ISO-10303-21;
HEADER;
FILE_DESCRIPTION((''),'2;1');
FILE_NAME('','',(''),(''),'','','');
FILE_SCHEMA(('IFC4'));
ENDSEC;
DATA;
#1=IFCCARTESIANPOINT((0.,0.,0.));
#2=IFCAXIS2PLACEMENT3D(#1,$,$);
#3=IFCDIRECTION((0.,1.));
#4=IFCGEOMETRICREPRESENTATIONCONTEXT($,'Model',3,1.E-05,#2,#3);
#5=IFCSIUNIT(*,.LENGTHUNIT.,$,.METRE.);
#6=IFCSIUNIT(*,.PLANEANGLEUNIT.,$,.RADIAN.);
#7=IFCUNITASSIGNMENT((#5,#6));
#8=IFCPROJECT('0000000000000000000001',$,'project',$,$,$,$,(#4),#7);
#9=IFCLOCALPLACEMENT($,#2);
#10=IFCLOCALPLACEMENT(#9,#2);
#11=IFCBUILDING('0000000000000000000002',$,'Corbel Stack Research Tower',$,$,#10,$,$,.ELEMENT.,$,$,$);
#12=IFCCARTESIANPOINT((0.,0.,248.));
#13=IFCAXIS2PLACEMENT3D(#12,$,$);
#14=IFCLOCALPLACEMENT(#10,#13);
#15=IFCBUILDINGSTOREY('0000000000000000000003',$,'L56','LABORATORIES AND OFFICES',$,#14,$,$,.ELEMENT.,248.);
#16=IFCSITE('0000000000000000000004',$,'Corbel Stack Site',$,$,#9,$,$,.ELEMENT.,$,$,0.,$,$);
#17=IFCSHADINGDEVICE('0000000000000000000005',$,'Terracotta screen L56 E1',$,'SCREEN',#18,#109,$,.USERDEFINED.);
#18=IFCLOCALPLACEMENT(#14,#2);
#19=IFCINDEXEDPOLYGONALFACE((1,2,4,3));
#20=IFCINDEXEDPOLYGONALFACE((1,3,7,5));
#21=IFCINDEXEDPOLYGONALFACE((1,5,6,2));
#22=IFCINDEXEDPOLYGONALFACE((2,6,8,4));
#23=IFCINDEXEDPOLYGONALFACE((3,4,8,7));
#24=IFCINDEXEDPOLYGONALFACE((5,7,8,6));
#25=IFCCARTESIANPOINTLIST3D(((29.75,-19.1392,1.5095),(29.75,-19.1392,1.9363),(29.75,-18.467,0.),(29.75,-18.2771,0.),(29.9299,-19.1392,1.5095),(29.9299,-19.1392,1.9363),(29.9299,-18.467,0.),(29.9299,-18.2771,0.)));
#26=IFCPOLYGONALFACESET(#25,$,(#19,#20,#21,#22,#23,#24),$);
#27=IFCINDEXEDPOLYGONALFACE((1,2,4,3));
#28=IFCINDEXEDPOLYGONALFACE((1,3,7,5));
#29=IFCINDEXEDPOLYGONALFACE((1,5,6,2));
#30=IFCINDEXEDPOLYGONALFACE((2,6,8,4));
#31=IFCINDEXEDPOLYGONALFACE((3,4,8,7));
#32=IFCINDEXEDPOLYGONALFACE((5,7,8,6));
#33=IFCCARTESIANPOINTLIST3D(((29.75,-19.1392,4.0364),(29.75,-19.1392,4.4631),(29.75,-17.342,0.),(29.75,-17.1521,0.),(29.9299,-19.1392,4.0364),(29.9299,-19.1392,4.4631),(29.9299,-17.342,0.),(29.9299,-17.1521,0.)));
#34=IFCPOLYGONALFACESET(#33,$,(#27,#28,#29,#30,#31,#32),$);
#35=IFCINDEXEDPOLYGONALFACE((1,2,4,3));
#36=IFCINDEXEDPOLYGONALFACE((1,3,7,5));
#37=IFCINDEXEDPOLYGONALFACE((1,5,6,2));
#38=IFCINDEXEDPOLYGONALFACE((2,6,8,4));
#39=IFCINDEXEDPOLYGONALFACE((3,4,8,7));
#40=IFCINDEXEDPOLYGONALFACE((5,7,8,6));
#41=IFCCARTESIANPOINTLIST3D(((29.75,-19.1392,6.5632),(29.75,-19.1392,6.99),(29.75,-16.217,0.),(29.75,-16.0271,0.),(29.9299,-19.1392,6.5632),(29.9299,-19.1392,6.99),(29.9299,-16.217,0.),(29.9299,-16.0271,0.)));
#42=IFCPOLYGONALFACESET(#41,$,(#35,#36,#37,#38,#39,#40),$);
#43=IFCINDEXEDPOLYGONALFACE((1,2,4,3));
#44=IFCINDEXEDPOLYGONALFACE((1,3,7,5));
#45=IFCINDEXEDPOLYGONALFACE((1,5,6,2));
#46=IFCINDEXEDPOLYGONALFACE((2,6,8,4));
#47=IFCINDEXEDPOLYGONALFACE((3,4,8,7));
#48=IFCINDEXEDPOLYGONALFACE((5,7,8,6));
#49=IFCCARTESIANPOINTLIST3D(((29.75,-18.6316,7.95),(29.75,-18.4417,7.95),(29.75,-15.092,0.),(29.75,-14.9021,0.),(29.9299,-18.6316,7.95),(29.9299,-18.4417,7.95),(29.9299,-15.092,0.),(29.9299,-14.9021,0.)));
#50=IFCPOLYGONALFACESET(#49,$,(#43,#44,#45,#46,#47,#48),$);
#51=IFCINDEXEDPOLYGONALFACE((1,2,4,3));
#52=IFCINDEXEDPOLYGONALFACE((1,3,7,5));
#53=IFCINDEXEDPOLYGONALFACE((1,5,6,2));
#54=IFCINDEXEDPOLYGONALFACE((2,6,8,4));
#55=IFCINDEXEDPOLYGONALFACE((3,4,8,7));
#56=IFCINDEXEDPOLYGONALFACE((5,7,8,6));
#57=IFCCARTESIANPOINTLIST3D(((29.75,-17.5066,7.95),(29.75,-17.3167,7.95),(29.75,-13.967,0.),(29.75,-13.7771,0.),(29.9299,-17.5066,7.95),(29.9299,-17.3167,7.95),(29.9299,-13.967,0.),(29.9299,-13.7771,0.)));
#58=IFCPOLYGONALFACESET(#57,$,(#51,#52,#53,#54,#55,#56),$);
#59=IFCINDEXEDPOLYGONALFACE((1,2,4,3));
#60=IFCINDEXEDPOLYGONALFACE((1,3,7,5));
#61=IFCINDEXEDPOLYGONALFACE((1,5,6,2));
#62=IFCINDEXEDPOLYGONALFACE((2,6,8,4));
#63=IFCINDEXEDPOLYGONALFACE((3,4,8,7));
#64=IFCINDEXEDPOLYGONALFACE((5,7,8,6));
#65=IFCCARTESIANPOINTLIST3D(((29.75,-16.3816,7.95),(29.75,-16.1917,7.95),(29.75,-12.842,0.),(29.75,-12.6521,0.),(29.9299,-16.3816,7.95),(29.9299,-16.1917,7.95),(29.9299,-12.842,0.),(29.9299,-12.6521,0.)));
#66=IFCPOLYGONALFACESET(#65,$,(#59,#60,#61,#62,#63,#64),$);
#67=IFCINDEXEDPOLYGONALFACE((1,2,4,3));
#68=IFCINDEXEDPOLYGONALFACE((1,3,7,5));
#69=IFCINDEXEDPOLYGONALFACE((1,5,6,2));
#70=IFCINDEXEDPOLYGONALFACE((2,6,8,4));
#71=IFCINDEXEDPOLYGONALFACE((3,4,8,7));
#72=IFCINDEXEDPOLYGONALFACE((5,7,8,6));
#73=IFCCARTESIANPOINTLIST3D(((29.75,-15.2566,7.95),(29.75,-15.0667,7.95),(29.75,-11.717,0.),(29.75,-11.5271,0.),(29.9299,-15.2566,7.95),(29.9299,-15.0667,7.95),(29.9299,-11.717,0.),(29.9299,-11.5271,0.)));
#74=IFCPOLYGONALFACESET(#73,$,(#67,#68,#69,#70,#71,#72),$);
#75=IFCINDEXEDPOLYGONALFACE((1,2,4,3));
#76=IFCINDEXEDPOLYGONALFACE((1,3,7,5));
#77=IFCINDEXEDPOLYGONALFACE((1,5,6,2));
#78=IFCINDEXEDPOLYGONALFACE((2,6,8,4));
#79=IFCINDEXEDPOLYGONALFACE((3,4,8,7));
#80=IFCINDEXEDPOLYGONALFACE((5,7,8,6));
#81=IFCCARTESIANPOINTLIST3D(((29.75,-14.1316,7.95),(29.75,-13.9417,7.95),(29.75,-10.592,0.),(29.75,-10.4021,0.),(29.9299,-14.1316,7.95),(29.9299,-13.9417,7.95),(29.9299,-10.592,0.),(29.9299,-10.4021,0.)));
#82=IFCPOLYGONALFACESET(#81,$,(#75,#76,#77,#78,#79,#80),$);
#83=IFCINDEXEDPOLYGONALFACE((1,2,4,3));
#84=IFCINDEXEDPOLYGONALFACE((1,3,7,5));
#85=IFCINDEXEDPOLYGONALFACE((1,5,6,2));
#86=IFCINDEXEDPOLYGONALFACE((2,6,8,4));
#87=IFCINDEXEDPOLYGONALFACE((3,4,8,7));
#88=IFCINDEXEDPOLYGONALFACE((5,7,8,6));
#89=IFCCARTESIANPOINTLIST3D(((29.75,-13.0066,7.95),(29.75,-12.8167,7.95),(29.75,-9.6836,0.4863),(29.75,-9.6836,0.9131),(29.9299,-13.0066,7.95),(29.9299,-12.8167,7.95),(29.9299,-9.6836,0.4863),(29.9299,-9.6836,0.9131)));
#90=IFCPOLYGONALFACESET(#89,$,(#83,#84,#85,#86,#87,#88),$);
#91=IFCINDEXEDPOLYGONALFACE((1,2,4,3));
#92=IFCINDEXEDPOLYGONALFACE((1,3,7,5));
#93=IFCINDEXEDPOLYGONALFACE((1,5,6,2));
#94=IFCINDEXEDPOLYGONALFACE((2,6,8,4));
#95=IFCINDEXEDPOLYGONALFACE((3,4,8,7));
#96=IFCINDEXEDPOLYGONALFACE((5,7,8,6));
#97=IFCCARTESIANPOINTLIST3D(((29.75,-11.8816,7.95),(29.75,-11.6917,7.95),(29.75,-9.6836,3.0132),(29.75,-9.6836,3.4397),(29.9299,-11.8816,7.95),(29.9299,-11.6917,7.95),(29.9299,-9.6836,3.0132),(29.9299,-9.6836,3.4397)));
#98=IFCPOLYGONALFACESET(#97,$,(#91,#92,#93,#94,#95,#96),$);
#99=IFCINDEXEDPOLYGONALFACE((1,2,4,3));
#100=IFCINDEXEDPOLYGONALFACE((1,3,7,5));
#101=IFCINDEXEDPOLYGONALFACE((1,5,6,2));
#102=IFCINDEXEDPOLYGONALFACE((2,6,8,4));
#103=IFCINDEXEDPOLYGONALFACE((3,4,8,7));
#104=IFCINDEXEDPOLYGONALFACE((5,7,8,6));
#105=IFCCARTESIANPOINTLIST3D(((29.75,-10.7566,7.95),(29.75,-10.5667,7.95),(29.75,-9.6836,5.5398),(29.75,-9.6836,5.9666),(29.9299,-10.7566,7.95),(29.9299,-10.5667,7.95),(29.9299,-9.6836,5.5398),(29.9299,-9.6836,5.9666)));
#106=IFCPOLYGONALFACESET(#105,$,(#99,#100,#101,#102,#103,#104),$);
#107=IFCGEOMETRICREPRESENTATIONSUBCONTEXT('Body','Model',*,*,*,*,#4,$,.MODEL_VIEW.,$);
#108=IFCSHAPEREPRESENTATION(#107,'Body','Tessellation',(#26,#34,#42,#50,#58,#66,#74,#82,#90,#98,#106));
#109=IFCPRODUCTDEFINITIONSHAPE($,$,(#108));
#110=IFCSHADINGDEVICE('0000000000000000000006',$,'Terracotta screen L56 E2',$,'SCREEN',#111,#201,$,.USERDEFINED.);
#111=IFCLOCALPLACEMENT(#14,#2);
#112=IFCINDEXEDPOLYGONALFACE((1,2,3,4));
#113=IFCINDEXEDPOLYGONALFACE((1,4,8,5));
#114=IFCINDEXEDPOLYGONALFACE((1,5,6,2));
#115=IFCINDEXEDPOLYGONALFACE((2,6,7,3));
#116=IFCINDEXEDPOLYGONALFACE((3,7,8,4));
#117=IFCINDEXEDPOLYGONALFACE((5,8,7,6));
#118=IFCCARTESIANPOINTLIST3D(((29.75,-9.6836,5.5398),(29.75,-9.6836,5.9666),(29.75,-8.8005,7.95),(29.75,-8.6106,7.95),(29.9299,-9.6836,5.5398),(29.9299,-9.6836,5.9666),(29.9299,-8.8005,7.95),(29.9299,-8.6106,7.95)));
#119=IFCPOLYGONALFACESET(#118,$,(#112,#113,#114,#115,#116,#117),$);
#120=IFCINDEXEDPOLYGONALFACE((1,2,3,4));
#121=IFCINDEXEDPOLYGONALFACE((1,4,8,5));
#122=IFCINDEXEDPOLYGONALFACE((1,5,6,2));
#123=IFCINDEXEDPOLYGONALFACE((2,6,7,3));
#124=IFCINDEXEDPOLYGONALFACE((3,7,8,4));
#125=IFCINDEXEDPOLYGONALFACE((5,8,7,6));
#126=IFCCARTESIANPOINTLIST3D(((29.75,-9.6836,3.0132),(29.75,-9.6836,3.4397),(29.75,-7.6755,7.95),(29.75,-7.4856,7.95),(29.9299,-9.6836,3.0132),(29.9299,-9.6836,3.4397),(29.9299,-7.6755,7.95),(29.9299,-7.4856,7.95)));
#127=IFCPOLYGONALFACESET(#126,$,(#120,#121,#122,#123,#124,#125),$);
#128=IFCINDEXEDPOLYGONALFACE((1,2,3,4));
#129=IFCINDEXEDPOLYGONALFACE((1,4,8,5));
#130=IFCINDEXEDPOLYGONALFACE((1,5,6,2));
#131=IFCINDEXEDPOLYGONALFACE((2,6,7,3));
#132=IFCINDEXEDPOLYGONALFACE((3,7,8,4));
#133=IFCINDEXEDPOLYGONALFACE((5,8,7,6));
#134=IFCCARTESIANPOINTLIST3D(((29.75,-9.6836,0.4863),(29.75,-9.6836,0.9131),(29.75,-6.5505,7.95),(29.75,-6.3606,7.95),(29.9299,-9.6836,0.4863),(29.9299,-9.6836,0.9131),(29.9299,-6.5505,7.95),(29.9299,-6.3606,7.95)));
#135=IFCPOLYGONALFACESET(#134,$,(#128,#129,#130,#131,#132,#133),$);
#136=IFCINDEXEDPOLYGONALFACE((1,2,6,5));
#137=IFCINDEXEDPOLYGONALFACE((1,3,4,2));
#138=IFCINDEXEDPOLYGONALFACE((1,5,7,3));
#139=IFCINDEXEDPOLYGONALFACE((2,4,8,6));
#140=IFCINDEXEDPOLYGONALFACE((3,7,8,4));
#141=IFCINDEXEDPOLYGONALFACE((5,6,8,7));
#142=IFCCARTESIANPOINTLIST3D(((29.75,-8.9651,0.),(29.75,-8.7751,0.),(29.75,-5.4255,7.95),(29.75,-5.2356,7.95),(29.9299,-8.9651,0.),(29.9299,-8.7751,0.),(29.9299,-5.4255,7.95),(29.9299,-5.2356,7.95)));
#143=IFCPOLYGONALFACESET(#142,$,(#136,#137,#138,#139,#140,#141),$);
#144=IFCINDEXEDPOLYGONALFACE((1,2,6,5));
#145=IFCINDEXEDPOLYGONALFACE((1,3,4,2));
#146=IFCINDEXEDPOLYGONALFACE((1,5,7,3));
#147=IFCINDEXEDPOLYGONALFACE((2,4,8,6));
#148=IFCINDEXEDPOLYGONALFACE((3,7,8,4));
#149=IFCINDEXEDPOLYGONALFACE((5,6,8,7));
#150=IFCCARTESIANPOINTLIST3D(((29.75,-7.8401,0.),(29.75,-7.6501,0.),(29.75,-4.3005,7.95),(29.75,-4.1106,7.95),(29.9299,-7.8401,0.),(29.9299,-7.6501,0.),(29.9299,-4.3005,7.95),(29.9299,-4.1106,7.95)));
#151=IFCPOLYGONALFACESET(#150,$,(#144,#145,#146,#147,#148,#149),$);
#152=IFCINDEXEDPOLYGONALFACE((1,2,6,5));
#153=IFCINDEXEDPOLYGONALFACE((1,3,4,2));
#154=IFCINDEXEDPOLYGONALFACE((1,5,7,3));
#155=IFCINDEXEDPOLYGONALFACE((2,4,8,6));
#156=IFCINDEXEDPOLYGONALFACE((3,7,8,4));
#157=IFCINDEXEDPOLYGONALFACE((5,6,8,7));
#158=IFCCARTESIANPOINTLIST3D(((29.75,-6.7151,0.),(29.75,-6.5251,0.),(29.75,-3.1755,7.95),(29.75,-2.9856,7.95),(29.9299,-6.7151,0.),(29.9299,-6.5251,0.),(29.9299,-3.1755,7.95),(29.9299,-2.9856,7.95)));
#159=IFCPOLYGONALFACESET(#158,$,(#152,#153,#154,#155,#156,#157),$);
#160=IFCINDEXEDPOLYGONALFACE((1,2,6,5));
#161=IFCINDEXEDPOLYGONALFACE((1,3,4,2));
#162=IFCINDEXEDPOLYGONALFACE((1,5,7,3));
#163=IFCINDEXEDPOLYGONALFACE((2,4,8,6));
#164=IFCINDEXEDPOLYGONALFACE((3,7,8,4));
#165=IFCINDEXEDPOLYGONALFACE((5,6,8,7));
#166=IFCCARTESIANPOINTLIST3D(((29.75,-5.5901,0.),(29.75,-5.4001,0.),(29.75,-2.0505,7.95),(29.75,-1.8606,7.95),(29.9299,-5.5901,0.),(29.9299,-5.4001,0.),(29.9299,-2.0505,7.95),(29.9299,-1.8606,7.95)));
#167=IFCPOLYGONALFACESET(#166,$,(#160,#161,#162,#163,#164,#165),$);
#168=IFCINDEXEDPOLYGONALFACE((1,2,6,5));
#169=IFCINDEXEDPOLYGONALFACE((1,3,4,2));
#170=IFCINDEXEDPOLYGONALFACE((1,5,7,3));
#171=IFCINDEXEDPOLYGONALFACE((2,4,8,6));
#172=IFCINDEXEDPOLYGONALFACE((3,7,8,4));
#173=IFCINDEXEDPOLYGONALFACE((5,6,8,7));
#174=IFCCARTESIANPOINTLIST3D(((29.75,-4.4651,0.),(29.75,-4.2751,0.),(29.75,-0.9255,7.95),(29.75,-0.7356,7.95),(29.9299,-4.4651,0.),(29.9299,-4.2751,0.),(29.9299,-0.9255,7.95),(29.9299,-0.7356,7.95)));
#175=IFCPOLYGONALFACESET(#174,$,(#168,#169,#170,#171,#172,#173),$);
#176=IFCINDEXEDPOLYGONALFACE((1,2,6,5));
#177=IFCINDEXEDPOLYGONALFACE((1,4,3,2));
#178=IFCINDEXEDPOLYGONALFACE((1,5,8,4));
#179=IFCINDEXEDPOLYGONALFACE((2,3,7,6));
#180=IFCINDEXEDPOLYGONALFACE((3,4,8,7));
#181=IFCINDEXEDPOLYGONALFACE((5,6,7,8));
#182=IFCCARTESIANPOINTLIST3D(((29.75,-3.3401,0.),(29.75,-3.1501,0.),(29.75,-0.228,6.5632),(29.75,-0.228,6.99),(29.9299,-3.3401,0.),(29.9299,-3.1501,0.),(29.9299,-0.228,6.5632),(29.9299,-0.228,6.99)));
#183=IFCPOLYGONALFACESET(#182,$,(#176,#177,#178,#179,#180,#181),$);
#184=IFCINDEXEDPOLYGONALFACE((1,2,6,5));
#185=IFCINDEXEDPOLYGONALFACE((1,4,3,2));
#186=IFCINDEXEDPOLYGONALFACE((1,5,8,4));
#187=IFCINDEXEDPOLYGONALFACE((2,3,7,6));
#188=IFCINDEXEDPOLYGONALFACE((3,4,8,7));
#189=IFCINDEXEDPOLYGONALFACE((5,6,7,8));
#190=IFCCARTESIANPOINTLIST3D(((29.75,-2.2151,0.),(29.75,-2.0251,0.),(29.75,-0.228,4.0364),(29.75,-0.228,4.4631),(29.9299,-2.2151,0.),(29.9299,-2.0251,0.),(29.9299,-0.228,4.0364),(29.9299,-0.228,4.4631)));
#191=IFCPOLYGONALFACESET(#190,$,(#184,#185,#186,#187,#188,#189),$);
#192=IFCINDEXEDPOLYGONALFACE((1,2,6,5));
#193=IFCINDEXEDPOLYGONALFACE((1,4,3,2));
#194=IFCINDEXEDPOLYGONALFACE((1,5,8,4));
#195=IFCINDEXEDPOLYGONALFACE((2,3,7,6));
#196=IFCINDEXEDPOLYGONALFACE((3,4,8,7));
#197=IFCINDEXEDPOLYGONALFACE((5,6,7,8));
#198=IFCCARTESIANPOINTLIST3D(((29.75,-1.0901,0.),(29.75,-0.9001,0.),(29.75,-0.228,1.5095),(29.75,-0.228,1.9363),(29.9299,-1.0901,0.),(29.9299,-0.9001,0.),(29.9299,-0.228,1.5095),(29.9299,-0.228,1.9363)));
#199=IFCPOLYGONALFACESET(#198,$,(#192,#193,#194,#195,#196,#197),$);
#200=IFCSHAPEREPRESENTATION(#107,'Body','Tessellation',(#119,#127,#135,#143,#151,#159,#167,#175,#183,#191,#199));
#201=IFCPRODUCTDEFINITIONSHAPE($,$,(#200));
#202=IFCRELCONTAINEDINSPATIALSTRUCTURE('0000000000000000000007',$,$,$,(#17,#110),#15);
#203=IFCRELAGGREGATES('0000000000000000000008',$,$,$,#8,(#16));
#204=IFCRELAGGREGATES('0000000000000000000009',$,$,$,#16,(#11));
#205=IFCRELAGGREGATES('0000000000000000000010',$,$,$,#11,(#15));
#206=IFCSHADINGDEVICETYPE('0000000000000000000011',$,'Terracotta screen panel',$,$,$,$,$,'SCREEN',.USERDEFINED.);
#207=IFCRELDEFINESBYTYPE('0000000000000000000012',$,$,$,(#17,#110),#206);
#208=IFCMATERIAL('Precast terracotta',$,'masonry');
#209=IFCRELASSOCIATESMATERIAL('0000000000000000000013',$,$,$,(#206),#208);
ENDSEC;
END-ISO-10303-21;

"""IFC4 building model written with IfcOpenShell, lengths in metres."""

from ifc_helpers import new_model, si_unit, direction, frame, origin, place, context, subcontext, project, spatial, polyline, outline, extrude, source, transform, mapped, material, type_object, element, save


model = new_model("IFC4")

# Units and contexts
model_context = context("Model", 3, precision=1e-05, world=origin(), true_north=direction((0.0, 1.0)))
body_context = subcontext(model_context, "Body", "Model", "MODEL_VIEW")
ifc_project = project(units=[si_unit("LENGTHUNIT", "METRE"), si_unit("PLANEANGLEUNIT", "RADIAN")], contexts=[model_context])

# Site, building, storey
site_placement = place(None, origin())
site = spatial("IfcSite", under=ifc_project, at=site_placement, Name="Corbel Stack Site", CompositionType="ELEMENT", RefElevation=0.0)
building_placement = place(site_placement, origin())
building = spatial("IfcBuilding", under=site, at=building_placement, Name="Corbel Stack Research Tower", CompositionType="ELEMENT")
storey_placement = place(building_placement, frame((0.0, 0.0, 248.0)))
storey = spatial("IfcBuildingStorey", under=building, at=storey_placement, Name="L56", Description="LABORATORIES AND OFFICES", CompositionType="ELEMENT", Elevation=248.0)

# Shading devices
ifc_material_1 = material(Name="Precast terracotta", Category="masonry")
shading_device_type = type_object("IfcShadingDeviceType", Name="Terracotta screen panel", ElementType="SCREEN", PredefinedType="USERDEFINED", material=ifc_material_1)
shared_shape_1 = source(origin(), body_context, "Body", "SweptSolid", [
    extrude(outline(polyline([(0.8621, 0.0), (0.0, 1.9363), (0.0, 1.5095), (0.6721, 0.0), (0.8621, 0.0)])), frame((0.0, 0.0, 0.0), z_axis=(0.0, -1.0, 0.0), x_axis=(1.0, 0.0, 0.0)), (0.0, 0.0, 1.0), 0.1799),
    extrude(outline(polyline([(1.9871, 0.0), (0.0, 4.4631), (0.0, 4.0364), (1.7971, 0.0), (1.9871, 0.0)])), frame((0.0, 0.0, 0.0), z_axis=(0.0, -1.0, 0.0), x_axis=(1.0, 0.0, 0.0)), (0.0, 0.0, 1.0), 0.1799),
    extrude(outline(polyline([(3.1121, 0.0), (0.0, 6.99), (0.0, 6.5632), (2.9221, 0.0), (3.1121, 0.0)])), frame((0.0, 0.0, 0.0), z_axis=(0.0, -1.0, 0.0), x_axis=(1.0, 0.0, 0.0)), (0.0, 0.0, 1.0), 0.1799),
    extrude(outline(polyline([(4.2371, 0.0), (0.6975, 7.95), (0.5076, 7.95), (4.0471, 0.0), (4.2371, 0.0)])), frame((0.0, 0.0, 0.0), z_axis=(0.0, -1.0, 0.0), x_axis=(1.0, 0.0, 0.0)), (0.0, 0.0, 1.0), 0.1799),
    extrude(outline(polyline([(5.3621, 0.0), (1.8225, 7.95), (1.6326, 7.95), (5.1721, 0.0), (5.3621, 0.0)])), frame((0.0, 0.0, 0.0), z_axis=(0.0, -1.0, 0.0), x_axis=(1.0, 0.0, 0.0)), (0.0, 0.0, 1.0), 0.1799),
    extrude(outline(polyline([(6.4871, 0.0), (2.9475, 7.95), (2.7576, 7.95), (6.2971, 0.0), (6.4871, 0.0)])), frame((0.0, 0.0, 0.0), z_axis=(0.0, -1.0, 0.0), x_axis=(1.0, 0.0, 0.0)), (0.0, 0.0, 1.0), 0.1799),
    extrude(outline(polyline([(7.6121, 0.0), (4.0725, 7.95), (3.8826, 7.95), (7.4221, 0.0), (7.6121, 0.0)])), frame((0.0, 0.0, 0.0), z_axis=(0.0, -1.0, 0.0), x_axis=(1.0, 0.0, 0.0)), (0.0, 0.0, 1.0), 0.1799),
    extrude(outline(polyline([(8.7371, 0.0), (5.1975, 7.95), (5.0076, 7.95), (8.5471, 0.0), (8.7371, 0.0)])), frame((0.0, 0.0, 0.0), z_axis=(0.0, -1.0, 0.0), x_axis=(1.0, 0.0, 0.0)), (0.0, 0.0, 1.0), 0.1799),
    extrude(outline(polyline([(6.3225, 7.95), (6.1326, 7.95), (9.4556, 0.4863), (9.4556, 0.9131), (6.3225, 7.95)])), frame((0.0, 0.0, 0.0), z_axis=(0.0, -1.0, 0.0), x_axis=(1.0, 0.0, 0.0)), (0.0, 0.0, 1.0), 0.1799),
    extrude(outline(polyline([(7.4475, 7.95), (7.2576, 7.95), (9.4556, 3.0132), (9.4556, 3.4397), (7.4475, 7.95)])), frame((0.0, 0.0, 0.0), z_axis=(0.0, -1.0, 0.0), x_axis=(1.0, 0.0, 0.0)), (0.0, 0.0, 1.0), 0.1799),
    extrude(outline(polyline([(8.5725, 7.95), (8.3826, 7.95), (9.4556, 5.5398), (9.4556, 5.9666), (8.5725, 7.95)])), frame((0.0, 0.0, 0.0), z_axis=(0.0, -1.0, 0.0), x_axis=(1.0, 0.0, 0.0)), (0.0, 0.0, 1.0), 0.1799),
])
shading_device_1_placement = place(storey_placement, frame((29.75, -19.1392, 0.0), z_axis=(0.0, 0.0, 1.0), x_axis=(0.0, 1.0, 0.0)))
element("IfcShadingDevice", 1, at=shading_device_1_placement, inside=storey, type_object=shading_device_type, Name="Terracotta screen L56 E1", ObjectType="SCREEN", PredefinedType="USERDEFINED", context=body_context, shape_type="MappedRepresentation", body=[
    mapped(shared_shape_1, transform((0.0, 0.0, 0.0))),
])
shared_shape_2 = source(origin(), body_context, "Body", "SweptSolid", [
    extrude(outline(polyline([(1.073, 7.95), (0.8831, 7.95), (0.0, 5.9666), (0.0, 5.5398), (1.073, 7.95)])), frame((0.0, 0.0, 0.0), z_axis=(0.0, -1.0, 0.0), x_axis=(1.0, 0.0, 0.0)), (0.0, 0.0, 1.0), 0.1799),
    extrude(outline(polyline([(2.198, 7.95), (2.0081, 7.95), (0.0, 3.4397), (0.0, 3.0132), (2.198, 7.95)])), frame((0.0, 0.0, 0.0), z_axis=(0.0, -1.0, 0.0), x_axis=(1.0, 0.0, 0.0)), (0.0, 0.0, 1.0), 0.1799),
    extrude(outline(polyline([(3.323, 7.95), (3.1331, 7.95), (0.0, 0.9131), (0.0, 0.4863), (3.323, 7.95)])), frame((0.0, 0.0, 0.0), z_axis=(0.0, -1.0, 0.0), x_axis=(1.0, 0.0, 0.0)), (0.0, 0.0, 1.0), 0.1799),
    extrude(outline(polyline([(0.9084, 0.0), (4.448, 7.95), (4.2581, 7.95), (0.7185, 0.0), (0.9084, 0.0)])), frame((0.0, 0.0, 0.0), z_axis=(0.0, -1.0, 0.0), x_axis=(1.0, 0.0, 0.0)), (0.0, 0.0, 1.0), 0.1799),
    extrude(outline(polyline([(2.0334, 0.0), (5.573, 7.95), (5.3831, 7.95), (1.8435, 0.0), (2.0334, 0.0)])), frame((0.0, 0.0, 0.0), z_axis=(0.0, -1.0, 0.0), x_axis=(1.0, 0.0, 0.0)), (0.0, 0.0, 1.0), 0.1799),
    extrude(outline(polyline([(3.1584, 0.0), (6.698, 7.95), (6.5081, 7.95), (2.9685, 0.0), (3.1584, 0.0)])), frame((0.0, 0.0, 0.0), z_axis=(0.0, -1.0, 0.0), x_axis=(1.0, 0.0, 0.0)), (0.0, 0.0, 1.0), 0.1799),
    extrude(outline(polyline([(4.2834, 0.0), (7.823, 7.95), (7.6331, 7.95), (4.0935, 0.0), (4.2834, 0.0)])), frame((0.0, 0.0, 0.0), z_axis=(0.0, -1.0, 0.0), x_axis=(1.0, 0.0, 0.0)), (0.0, 0.0, 1.0), 0.1799),
    extrude(outline(polyline([(5.4084, 0.0), (8.948, 7.95), (8.7581, 7.95), (5.2185, 0.0), (5.4084, 0.0)])), frame((0.0, 0.0, 0.0), z_axis=(0.0, -1.0, 0.0), x_axis=(1.0, 0.0, 0.0)), (0.0, 0.0, 1.0), 0.1799),
    extrude(outline(polyline([(6.5334, 0.0), (9.4556, 6.5632), (9.4556, 6.99), (6.3435, 0.0), (6.5334, 0.0)])), frame((0.0, 0.0, 0.0), z_axis=(0.0, -1.0, 0.0), x_axis=(1.0, 0.0, 0.0)), (0.0, 0.0, 1.0), 0.1799),
    extrude(outline(polyline([(7.6584, 0.0), (9.4556, 4.0364), (9.4556, 4.4631), (7.4685, 0.0), (7.6584, 0.0)])), frame((0.0, 0.0, 0.0), z_axis=(0.0, -1.0, 0.0), x_axis=(1.0, 0.0, 0.0)), (0.0, 0.0, 1.0), 0.1799),
    extrude(outline(polyline([(8.7834, 0.0), (9.4556, 1.5095), (9.4556, 1.9363), (8.5935, 0.0), (8.7834, 0.0)])), frame((0.0, 0.0, 0.0), z_axis=(0.0, -1.0, 0.0), x_axis=(1.0, 0.0, 0.0)), (0.0, 0.0, 1.0), 0.1799),
])
shading_device_2_placement = place(storey_placement, frame((29.75, -9.6836, 0.0), z_axis=(0.0, 0.0, 1.0), x_axis=(0.0, 1.0, 0.0)))
element("IfcShadingDevice", 2, at=shading_device_2_placement, inside=storey, type_object=shading_device_type, Name="Terracotta screen L56 E2", ObjectType="SCREEN", PredefinedType="USERDEFINED", context=body_context, shape_type="MappedRepresentation", body=[
    mapped(shared_shape_2, transform((0.0, 0.0, 0.0))),
])

save(model, "model.ifc")
